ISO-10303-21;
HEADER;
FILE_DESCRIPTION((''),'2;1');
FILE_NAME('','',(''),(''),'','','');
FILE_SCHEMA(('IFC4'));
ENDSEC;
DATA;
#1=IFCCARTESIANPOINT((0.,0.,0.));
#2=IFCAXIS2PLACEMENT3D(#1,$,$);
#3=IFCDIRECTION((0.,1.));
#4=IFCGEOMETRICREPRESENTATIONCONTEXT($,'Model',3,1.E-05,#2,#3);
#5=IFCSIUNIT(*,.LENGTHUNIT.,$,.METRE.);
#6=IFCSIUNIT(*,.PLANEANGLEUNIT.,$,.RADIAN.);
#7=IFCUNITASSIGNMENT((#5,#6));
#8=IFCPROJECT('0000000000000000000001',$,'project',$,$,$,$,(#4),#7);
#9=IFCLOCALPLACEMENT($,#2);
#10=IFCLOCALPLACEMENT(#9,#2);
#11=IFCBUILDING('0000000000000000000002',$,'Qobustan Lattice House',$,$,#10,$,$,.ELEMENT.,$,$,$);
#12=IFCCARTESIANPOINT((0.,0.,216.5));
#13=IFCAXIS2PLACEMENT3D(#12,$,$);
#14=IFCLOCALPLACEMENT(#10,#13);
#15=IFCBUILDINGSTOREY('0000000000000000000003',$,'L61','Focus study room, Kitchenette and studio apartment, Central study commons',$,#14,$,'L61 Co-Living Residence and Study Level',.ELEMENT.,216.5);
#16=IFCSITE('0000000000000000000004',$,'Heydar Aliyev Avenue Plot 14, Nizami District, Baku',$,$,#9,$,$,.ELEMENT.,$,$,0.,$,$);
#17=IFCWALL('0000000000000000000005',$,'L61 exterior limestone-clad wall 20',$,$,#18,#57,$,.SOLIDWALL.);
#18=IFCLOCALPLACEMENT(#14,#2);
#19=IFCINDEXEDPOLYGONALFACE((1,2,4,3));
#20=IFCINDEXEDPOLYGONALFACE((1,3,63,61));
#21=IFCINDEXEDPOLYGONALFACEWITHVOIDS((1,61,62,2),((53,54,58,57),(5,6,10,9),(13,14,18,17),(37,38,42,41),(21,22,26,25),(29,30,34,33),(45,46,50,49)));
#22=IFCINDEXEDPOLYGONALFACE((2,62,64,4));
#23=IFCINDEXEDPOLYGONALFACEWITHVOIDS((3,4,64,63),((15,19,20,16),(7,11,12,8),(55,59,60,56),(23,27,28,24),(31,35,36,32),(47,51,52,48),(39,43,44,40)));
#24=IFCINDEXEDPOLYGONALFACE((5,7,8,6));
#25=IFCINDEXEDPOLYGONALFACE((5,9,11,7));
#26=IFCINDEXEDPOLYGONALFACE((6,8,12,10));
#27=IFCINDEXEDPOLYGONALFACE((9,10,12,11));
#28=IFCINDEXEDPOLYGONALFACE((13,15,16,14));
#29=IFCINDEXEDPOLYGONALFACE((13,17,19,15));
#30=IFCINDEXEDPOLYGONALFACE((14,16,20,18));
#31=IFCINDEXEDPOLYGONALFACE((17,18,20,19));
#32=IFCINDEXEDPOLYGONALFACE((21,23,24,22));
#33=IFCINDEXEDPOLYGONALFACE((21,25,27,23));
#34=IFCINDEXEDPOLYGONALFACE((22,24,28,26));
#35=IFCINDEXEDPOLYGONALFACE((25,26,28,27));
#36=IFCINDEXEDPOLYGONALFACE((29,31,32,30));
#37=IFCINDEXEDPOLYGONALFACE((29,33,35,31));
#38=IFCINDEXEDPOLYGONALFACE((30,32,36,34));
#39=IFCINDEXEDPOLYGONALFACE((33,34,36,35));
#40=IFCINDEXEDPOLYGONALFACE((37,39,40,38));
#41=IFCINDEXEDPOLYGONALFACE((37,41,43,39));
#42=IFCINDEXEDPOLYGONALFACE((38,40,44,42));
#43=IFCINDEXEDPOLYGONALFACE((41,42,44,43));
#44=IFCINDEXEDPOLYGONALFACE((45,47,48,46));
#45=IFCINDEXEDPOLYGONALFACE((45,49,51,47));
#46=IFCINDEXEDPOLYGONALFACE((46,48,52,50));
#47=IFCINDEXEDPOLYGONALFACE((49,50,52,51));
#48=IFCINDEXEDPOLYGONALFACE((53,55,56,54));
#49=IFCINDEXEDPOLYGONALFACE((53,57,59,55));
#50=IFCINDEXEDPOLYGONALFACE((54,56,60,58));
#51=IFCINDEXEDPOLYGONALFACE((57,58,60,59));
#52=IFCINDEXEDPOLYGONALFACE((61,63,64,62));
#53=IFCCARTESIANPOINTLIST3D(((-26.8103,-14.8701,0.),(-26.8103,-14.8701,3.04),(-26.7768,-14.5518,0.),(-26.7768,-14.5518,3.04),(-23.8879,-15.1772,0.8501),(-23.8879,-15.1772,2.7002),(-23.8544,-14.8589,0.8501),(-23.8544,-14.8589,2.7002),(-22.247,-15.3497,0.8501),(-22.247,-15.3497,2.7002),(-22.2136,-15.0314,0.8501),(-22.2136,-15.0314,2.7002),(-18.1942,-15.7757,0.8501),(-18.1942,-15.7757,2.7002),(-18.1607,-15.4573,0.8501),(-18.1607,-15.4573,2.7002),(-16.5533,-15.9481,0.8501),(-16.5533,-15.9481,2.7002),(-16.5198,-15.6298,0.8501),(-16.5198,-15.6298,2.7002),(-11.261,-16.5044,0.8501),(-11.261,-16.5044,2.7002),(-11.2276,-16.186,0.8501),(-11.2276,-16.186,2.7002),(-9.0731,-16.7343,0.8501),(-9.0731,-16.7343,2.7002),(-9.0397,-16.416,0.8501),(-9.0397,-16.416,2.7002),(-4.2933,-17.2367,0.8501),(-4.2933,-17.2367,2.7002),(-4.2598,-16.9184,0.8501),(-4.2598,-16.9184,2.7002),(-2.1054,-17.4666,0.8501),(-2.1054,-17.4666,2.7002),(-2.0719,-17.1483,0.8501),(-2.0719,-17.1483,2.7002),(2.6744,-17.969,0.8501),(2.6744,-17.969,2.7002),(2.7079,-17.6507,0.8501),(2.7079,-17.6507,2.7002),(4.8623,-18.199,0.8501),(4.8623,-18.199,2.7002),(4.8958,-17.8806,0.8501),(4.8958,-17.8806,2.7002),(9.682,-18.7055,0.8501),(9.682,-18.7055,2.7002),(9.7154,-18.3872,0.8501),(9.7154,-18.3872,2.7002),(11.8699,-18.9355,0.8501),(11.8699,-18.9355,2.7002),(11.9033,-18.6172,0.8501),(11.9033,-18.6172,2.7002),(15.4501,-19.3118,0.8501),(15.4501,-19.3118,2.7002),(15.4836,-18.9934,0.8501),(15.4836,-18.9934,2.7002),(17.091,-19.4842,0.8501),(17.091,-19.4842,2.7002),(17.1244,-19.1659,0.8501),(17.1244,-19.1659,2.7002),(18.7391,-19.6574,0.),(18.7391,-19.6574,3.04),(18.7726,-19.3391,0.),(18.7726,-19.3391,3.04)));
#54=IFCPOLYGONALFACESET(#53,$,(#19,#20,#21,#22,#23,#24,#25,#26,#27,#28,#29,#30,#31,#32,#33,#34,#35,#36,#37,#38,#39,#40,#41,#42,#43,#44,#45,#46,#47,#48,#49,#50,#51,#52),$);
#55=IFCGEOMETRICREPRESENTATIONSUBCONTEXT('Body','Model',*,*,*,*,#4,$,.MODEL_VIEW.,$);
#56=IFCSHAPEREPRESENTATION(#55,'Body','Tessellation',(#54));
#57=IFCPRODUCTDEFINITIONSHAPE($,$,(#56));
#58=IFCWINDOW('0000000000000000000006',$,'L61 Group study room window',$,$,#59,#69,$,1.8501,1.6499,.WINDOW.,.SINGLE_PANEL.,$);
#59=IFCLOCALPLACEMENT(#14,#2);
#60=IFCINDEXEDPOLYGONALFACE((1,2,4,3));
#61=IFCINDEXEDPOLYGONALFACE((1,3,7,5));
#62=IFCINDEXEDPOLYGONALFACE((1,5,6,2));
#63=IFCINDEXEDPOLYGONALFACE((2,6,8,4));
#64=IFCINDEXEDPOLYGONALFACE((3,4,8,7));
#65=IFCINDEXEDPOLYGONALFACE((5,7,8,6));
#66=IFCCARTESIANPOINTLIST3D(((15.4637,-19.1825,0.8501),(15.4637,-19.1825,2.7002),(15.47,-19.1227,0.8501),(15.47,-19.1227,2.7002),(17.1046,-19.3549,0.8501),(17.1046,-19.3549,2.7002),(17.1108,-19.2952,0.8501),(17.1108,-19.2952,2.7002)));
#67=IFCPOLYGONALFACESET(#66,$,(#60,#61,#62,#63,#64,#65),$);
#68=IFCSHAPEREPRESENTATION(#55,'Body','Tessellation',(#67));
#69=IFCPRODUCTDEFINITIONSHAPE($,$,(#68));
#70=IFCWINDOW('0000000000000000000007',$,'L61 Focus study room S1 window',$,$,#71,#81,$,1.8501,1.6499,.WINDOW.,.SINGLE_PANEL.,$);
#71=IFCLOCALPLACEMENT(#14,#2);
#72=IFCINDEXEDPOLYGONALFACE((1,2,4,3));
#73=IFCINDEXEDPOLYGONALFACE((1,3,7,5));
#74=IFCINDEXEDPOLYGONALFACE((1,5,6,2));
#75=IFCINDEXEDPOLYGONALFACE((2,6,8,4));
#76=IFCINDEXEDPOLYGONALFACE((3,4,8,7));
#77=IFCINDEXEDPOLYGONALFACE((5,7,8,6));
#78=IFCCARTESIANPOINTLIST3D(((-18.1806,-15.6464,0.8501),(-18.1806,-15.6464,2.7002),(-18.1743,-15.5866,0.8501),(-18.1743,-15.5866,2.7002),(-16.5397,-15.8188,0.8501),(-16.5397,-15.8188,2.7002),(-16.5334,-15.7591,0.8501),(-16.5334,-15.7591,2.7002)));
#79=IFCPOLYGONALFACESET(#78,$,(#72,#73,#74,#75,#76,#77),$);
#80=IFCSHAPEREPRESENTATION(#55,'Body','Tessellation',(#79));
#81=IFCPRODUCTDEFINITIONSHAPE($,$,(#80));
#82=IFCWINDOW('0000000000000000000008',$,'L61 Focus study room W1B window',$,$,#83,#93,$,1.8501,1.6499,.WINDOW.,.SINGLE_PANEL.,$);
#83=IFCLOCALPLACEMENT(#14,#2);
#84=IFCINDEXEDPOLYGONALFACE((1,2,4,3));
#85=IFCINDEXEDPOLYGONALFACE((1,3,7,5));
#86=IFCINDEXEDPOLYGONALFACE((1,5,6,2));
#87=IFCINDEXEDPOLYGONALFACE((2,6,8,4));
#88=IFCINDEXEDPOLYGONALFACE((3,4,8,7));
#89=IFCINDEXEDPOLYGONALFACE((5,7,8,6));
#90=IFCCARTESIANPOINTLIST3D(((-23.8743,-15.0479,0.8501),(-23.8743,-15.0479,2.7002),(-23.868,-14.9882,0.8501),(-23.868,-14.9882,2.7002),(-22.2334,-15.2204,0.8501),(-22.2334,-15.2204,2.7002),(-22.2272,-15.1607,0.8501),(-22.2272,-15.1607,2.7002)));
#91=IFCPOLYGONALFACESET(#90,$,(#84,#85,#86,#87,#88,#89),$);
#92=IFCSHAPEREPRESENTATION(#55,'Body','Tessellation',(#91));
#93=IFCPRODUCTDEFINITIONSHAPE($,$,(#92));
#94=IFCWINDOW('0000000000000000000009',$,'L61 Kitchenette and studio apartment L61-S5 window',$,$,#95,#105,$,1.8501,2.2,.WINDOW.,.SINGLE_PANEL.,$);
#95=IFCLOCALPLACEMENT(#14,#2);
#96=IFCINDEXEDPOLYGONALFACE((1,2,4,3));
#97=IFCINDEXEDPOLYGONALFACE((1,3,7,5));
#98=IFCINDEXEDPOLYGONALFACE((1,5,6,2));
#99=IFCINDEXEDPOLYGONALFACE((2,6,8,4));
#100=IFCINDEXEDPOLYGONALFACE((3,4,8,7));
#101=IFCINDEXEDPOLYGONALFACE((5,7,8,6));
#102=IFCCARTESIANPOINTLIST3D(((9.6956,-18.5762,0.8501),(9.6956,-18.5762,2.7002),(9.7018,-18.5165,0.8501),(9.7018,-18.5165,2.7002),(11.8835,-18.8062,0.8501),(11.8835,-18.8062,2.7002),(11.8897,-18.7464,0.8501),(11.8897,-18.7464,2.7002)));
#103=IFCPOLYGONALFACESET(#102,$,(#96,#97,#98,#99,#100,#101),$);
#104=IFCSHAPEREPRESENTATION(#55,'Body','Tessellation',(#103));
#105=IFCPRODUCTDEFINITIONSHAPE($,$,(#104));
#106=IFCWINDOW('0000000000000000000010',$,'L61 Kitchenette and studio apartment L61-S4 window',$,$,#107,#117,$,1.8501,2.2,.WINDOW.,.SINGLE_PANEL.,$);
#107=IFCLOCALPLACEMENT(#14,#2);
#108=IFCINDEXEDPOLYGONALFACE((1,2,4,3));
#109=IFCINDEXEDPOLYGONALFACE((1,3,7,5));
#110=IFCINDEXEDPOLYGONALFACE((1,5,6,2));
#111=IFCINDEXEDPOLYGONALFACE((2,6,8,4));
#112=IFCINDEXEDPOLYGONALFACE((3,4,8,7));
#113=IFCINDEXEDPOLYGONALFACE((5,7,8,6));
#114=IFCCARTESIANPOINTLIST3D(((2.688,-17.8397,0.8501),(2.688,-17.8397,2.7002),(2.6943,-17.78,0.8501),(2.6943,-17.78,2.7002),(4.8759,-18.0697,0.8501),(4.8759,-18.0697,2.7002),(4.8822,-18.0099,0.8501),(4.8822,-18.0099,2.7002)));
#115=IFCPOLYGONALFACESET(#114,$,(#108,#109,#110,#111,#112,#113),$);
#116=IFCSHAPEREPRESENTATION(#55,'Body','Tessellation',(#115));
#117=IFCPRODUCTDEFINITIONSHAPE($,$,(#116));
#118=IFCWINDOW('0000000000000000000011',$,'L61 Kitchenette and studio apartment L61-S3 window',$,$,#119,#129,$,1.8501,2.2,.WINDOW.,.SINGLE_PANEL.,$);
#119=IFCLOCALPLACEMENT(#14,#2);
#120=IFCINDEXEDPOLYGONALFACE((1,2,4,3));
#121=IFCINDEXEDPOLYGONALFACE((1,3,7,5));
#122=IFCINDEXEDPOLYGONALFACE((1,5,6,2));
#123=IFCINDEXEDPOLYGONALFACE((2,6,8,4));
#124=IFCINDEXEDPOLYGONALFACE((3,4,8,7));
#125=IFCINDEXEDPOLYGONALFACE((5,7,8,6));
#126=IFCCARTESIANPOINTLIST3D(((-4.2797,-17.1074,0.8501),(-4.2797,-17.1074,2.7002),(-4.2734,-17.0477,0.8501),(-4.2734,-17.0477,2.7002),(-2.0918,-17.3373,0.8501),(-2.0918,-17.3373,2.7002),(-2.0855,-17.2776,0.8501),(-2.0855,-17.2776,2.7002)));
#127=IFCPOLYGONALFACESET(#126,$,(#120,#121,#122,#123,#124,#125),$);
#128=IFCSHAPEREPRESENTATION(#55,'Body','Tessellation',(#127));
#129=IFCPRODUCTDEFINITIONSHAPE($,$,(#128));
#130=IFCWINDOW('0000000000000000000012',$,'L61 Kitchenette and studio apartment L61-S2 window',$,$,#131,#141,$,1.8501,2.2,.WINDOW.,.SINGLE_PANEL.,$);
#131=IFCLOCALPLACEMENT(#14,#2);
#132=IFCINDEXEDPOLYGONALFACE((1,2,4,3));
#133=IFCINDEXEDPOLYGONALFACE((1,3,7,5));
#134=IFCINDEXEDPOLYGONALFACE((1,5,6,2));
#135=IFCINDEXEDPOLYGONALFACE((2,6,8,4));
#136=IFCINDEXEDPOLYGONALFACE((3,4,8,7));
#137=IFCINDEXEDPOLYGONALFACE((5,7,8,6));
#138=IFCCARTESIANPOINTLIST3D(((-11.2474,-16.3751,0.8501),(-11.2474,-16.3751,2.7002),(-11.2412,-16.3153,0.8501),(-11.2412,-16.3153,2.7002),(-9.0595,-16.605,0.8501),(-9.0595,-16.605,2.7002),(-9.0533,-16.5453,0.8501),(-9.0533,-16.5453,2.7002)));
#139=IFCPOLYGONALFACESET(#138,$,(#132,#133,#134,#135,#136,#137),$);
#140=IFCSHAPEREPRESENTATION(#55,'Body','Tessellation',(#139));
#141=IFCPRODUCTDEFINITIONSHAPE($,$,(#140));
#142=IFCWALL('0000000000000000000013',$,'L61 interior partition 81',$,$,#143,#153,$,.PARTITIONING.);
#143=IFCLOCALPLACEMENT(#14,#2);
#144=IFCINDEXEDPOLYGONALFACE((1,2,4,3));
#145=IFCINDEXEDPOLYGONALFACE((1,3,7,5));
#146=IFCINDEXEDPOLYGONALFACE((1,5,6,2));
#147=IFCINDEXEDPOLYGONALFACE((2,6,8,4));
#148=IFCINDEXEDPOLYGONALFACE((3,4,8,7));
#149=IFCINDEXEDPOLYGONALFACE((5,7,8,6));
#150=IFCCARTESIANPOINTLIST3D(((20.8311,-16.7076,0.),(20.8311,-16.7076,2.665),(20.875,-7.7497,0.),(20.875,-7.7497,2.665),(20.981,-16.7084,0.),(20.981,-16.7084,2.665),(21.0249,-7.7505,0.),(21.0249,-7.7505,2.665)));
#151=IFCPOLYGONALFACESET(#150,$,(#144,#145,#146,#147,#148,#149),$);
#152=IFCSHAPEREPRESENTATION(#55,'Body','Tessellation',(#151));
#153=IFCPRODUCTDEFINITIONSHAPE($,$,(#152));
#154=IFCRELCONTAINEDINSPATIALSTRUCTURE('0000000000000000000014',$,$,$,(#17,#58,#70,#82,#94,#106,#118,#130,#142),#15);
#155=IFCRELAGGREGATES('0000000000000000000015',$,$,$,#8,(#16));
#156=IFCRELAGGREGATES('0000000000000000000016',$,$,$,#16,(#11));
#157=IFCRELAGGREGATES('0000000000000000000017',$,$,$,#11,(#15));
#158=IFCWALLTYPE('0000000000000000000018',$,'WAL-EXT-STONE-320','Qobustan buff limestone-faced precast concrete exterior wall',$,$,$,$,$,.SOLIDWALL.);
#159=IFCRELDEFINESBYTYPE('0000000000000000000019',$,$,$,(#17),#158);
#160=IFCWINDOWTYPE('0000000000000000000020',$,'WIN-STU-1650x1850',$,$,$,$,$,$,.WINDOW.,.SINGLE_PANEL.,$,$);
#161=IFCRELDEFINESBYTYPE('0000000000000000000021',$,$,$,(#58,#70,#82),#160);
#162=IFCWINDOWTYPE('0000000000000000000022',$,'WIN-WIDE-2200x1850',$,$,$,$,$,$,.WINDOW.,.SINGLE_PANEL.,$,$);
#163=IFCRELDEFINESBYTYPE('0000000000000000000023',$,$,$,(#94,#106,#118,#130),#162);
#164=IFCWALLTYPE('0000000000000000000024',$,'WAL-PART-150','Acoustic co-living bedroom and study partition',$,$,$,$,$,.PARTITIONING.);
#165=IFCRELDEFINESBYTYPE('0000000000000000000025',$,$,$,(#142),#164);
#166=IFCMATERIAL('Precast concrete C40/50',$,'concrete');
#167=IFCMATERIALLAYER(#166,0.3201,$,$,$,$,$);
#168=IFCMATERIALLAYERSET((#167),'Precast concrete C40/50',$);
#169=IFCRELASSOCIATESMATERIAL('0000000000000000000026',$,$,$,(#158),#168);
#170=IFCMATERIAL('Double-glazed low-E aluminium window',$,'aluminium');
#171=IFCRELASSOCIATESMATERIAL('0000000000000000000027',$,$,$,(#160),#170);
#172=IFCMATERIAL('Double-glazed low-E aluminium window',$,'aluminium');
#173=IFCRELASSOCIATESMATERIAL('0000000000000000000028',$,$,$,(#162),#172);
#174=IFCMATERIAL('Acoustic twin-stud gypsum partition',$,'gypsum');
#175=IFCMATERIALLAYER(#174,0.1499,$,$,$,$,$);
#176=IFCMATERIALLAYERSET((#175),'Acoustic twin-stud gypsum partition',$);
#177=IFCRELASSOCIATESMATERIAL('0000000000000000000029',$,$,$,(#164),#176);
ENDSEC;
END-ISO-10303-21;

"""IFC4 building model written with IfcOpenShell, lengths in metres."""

from ifc_helpers import new_model, si_unit, direction, frame, frame_2d, origin, place, context, subcontext, project, spatial, rectangle, extrude, material, layer, layer_set, type_object, element, fill, save


model = new_model("IFC4")

# Units and contexts
model_context = context("Model", 3, precision=1e-05, world=origin(), true_north=direction((0.0, 1.0)))
body_context = subcontext(model_context, "Body", "Model", "MODEL_VIEW")
ifc_project = project(units=[si_unit("LENGTHUNIT", "METRE"), si_unit("PLANEANGLEUNIT", "RADIAN")], contexts=[model_context])

# Site, building, storey
site_placement = place(None, origin())
site = spatial("IfcSite", under=ifc_project, at=site_placement, Name="Heydar Aliyev Avenue Plot 14, Nizami District, Baku", CompositionType="ELEMENT", RefElevation=0.0)
building_placement = place(site_placement, origin())
building = spatial("IfcBuilding", under=site, at=building_placement, Name="Qobustan Lattice House", CompositionType="ELEMENT")
storey_placement = place(building_placement, frame((0.0, 0.0, 216.5)))
storey = spatial("IfcBuildingStorey", under=building, at=storey_placement, Name="L61", Description="Focus study room, Kitchenette and studio apartment, Central study commons", LongName="L61 Co-Living Residence and Study Level", CompositionType="ELEMENT", Elevation=216.5)

# Shared definitions
ifc_material_1 = material(Name="Precast concrete C40/50", Category="concrete")
ifc_layer_1 = layer(ifc_material_1, 0.3201)
ifc_layer_set_1 = layer_set([ifc_layer_1], Name="Precast concrete C40/50")
wall_type_1 = type_object("IfcWallType", Name="WAL-EXT-STONE-320", Description="Qobustan buff limestone-faced precast concrete exterior wall", PredefinedType="SOLIDWALL", material=ifc_layer_set_1)

# Wall, openings, windows
wall_1_placement = place(storey_placement, frame((18.7559, -19.4983, 0.0), z_axis=(0.0, 0.0, 1.0), x_axis=(-0.994522, 0.104527, 0.0)))
wall_1 = element("IfcWall", 1, at=wall_1_placement, inside=storey, type_object=wall_type_1, Name="L61 exterior limestone-clad wall 20", PredefinedType="SOLIDWALL", context=body_context, shape_type="SweptSolid", body=[
    extrude(rectangle(XDim=45.8003, YDim=0.3201, at=frame_2d((22.9001, 0.0))), origin(), (0.0, 0.0, 1.0), 3.04),
])
opening_1_placement = place(wall_1_placement, frame((1.6572, 0.0, 0.8501)))
opening_1 = element("IfcOpeningElement", 2, at=opening_1_placement, cuts=wall_1, PredefinedType="OPENING", context=body_context, shape_type="SweptSolid", body=[
    extrude(rectangle(XDim=1.6499, YDim=1.8501, at=frame_2d((0.825, 0.925))), frame((0.0, 0.1699, 0.0), z_axis=(0.0, -1.0, 0.0), x_axis=(1.0, 0.0, 0.0)), (0.0, 0.0, 1.0), 0.3401),
])
opening_2_placement = place(wall_1_placement, frame((6.907, 0.0, 0.8501)))
opening_2 = element("IfcOpeningElement", 3, at=opening_2_placement, cuts=wall_1, PredefinedType="OPENING", context=body_context, shape_type="SweptSolid", body=[
    extrude(rectangle(XDim=2.2, YDim=1.8501, at=frame_2d((1.1001, 0.925))), frame((0.0, 0.1699, 0.0), z_axis=(0.0, -1.0, 0.0), x_axis=(1.0, 0.0, 0.0)), (0.0, 0.0, 1.0), 0.3401),
])
opening_3_placement = place(wall_1_placement, frame((13.9531, 0.0, 0.8501)))
opening_3 = element("IfcOpeningElement", 4, at=opening_3_placement, cuts=wall_1, PredefinedType="OPENING", context=body_context, shape_type="SweptSolid", body=[
    extrude(rectangle(XDim=2.2, YDim=1.8501, at=frame_2d((1.1001, 0.925))), frame((0.0, 0.1699, 0.0), z_axis=(0.0, -1.0, 0.0), x_axis=(1.0, 0.0, 0.0)), (0.0, 0.0, 1.0), 0.3401),
])
opening_4_placement = place(wall_1_placement, frame((20.9592, 0.0, 0.8501)))
opening_4 = element("IfcOpeningElement", 5, at=opening_4_placement, cuts=wall_1, PredefinedType="OPENING", context=body_context, shape_type="SweptSolid", body=[
    extrude(rectangle(XDim=2.2, YDim=1.8501, at=frame_2d((1.1001, 0.925))), frame((0.0, 0.1699, 0.0), z_axis=(0.0, -1.0, 0.0), x_axis=(1.0, 0.0, 0.0)), (0.0, 0.0, 1.0), 0.3401),
])
opening_5_placement = place(wall_1_placement, frame((27.9653, 0.0, 0.8501)))
opening_5 = element("IfcOpeningElement", 6, at=opening_5_placement, cuts=wall_1, PredefinedType="OPENING", context=body_context, shape_type="SweptSolid", body=[
    extrude(rectangle(XDim=2.2, YDim=1.8501, at=frame_2d((1.1001, 0.925))), frame((0.0, 0.1699, 0.0), z_axis=(0.0, -1.0, 0.0), x_axis=(1.0, 0.0, 0.0)), (0.0, 0.0, 1.0), 0.3401),
])
opening_6_placement = place(wall_1_placement, frame((35.4868, 0.0, 0.8501)))
opening_6 = element("IfcOpeningElement", 7, at=opening_6_placement, cuts=wall_1, PredefinedType="OPENING", context=body_context, shape_type="SweptSolid", body=[
    extrude(rectangle(XDim=1.6499, YDim=1.8501, at=frame_2d((0.825, 0.925))), frame((0.0, 0.1699, 0.0), z_axis=(0.0, -1.0, 0.0), x_axis=(1.0, 0.0, 0.0)), (0.0, 0.0, 1.0), 0.3401),
])
opening_7_placement = place(wall_1_placement, frame((41.2119, 0.0, 0.8501)))
opening_7 = element("IfcOpeningElement", 8, at=opening_7_placement, cuts=wall_1, PredefinedType="OPENING", context=body_context, shape_type="SweptSolid", body=[
    extrude(rectangle(XDim=1.6499, YDim=1.8501, at=frame_2d((0.825, 0.925))), frame((0.0, 0.1699, 0.0), z_axis=(0.0, -1.0, 0.0), x_axis=(1.0, 0.0, 0.0)), (0.0, 0.0, 1.0), 0.3401),
])
ifc_material_2 = material(Name="Double-glazed low-E aluminium window", Category="aluminium")
window_type_1 = type_object("IfcWindowType", Name="WIN-STU-1650x1850", PartitioningType="SINGLE_PANEL", PredefinedType="WINDOW", material=ifc_material_2)
window_1_placement = place(opening_1_placement, origin())
window_1 = element("IfcWindow", 9, at=window_1_placement, inside=storey, type_object=window_type_1, Name="L61 Group study room window", OverallHeight=1.8501, OverallWidth=1.6499, PartitioningType="SINGLE_PANEL", PredefinedType="WINDOW", context=body_context, shape_type="SweptSolid", body=[
    extrude(rectangle(XDim=1.6499, YDim=1.8501, at=frame_2d((0.825, 0.925))), frame((0.0, 0.03, 0.0), z_axis=(0.0, -1.0, 0.0), x_axis=(1.0, 0.0, 0.0)), (0.0, 0.0, 1.0), 0.0601),
])
fill(opening_1, window_1)
window_2_placement = place(opening_6_placement, origin())
window_2 = element("IfcWindow", 10, at=window_2_placement, inside=storey, type_object=window_type_1, Name="L61 Focus study room S1 window", OverallHeight=1.8501, OverallWidth=1.6499, PartitioningType="SINGLE_PANEL", PredefinedType="WINDOW", context=body_context, shape_type="SweptSolid", body=[
    extrude(rectangle(XDim=1.6499, YDim=1.8501, at=frame_2d((0.825, 0.925))), frame((0.0, 0.03, 0.0), z_axis=(0.0, -1.0, 0.0), x_axis=(1.0, 0.0, 0.0)), (0.0, 0.0, 1.0), 0.0601),
])
fill(opening_6, window_2)
window_3_placement = place(opening_7_placement, origin())
window_3 = element("IfcWindow", 11, at=window_3_placement, inside=storey, type_object=window_type_1, Name="L61 Focus study room W1B window", OverallHeight=1.8501, OverallWidth=1.6499, PartitioningType="SINGLE_PANEL", PredefinedType="WINDOW", context=body_context, shape_type="SweptSolid", body=[
    extrude(rectangle(XDim=1.6499, YDim=1.8501, at=frame_2d((0.825, 0.925))), frame((0.0, 0.03, 0.0), z_axis=(0.0, -1.0, 0.0), x_axis=(1.0, 0.0, 0.0)), (0.0, 0.0, 1.0), 0.0601),
])
fill(opening_7, window_3)
ifc_material_3 = material(Name="Double-glazed low-E aluminium window", Category="aluminium")
window_type_2 = type_object("IfcWindowType", Name="WIN-WIDE-2200x1850", PartitioningType="SINGLE_PANEL", PredefinedType="WINDOW", material=ifc_material_3)
window_4_placement = place(opening_2_placement, origin())
window_4 = element("IfcWindow", 12, at=window_4_placement, inside=storey, type_object=window_type_2, Name="L61 Kitchenette and studio apartment L61-S5 window", OverallHeight=1.8501, OverallWidth=2.2, PartitioningType="SINGLE_PANEL", PredefinedType="WINDOW", context=body_context, shape_type="SweptSolid", body=[
    extrude(rectangle(XDim=2.2, YDim=1.8501, at=frame_2d((1.1001, 0.925))), frame((0.0, 0.03, 0.0), z_axis=(0.0, -1.0, 0.0), x_axis=(1.0, 0.0, 0.0)), (0.0, 0.0, 1.0), 0.0601),
])
fill(opening_2, window_4)
window_5_placement = place(opening_3_placement, origin())
window_5 = element("IfcWindow", 13, at=window_5_placement, inside=storey, type_object=window_type_2, Name="L61 Kitchenette and studio apartment L61-S4 window", OverallHeight=1.8501, OverallWidth=2.2, PartitioningType="SINGLE_PANEL", PredefinedType="WINDOW", context=body_context, shape_type="SweptSolid", body=[
    extrude(rectangle(XDim=2.2, YDim=1.8501, at=frame_2d((1.1001, 0.925))), frame((0.0, 0.03, 0.0), z_axis=(0.0, -1.0, 0.0), x_axis=(1.0, 0.0, 0.0)), (0.0, 0.0, 1.0), 0.0601),
])
fill(opening_3, window_5)
window_6_placement = place(opening_4_placement, origin())
window_6 = element("IfcWindow", 14, at=window_6_placement, inside=storey, type_object=window_type_2, Name="L61 Kitchenette and studio apartment L61-S3 window", OverallHeight=1.8501, OverallWidth=2.2, PartitioningType="SINGLE_PANEL", PredefinedType="WINDOW", context=body_context, shape_type="SweptSolid", body=[
    extrude(rectangle(XDim=2.2, YDim=1.8501, at=frame_2d((1.1001, 0.925))), frame((0.0, 0.03, 0.0), z_axis=(0.0, -1.0, 0.0), x_axis=(1.0, 0.0, 0.0)), (0.0, 0.0, 1.0), 0.0601),
])
fill(opening_4, window_6)
window_7_placement = place(opening_5_placement, origin())
window_7 = element("IfcWindow", 15, at=window_7_placement, inside=storey, type_object=window_type_2, Name="L61 Kitchenette and studio apartment L61-S2 window", OverallHeight=1.8501, OverallWidth=2.2, PartitioningType="SINGLE_PANEL", PredefinedType="WINDOW", context=body_context, shape_type="SweptSolid", body=[
    extrude(rectangle(XDim=2.2, YDim=1.8501, at=frame_2d((1.1001, 0.925))), frame((0.0, 0.03, 0.0), z_axis=(0.0, -1.0, 0.0), x_axis=(1.0, 0.0, 0.0)), (0.0, 0.0, 1.0), 0.0601),
])
fill(opening_5, window_7)

# Wall
ifc_material_4 = material(Name="Acoustic twin-stud gypsum partition", Category="gypsum")
ifc_layer_2 = layer(ifc_material_4, 0.1499)
ifc_layer_set_2 = layer_set([ifc_layer_2], Name="Acoustic twin-stud gypsum partition")
wall_type_2 = type_object("IfcWallType", Name="WAL-PART-150", Description="Acoustic co-living bedroom and study partition", PredefinedType="PARTITIONING", material=ifc_layer_set_2)
wall_2_placement = place(storey_placement, frame((20.906, -16.708, 0.0), z_axis=(0.0, 0.0, 1.0), x_axis=(0.004906, 0.999988, 0.0)))
element("IfcWall", 16, at=wall_2_placement, inside=storey, type_object=wall_type_2, Name="L61 interior partition 81", PredefinedType="PARTITIONING", context=body_context, shape_type="SweptSolid", body=[
    extrude(rectangle(XDim=8.958, YDim=0.1499, at=frame_2d((4.479, 0.0))), origin(), (0.0, 0.0, 1.0), 2.665),
])

save(model, "model.ifc")
